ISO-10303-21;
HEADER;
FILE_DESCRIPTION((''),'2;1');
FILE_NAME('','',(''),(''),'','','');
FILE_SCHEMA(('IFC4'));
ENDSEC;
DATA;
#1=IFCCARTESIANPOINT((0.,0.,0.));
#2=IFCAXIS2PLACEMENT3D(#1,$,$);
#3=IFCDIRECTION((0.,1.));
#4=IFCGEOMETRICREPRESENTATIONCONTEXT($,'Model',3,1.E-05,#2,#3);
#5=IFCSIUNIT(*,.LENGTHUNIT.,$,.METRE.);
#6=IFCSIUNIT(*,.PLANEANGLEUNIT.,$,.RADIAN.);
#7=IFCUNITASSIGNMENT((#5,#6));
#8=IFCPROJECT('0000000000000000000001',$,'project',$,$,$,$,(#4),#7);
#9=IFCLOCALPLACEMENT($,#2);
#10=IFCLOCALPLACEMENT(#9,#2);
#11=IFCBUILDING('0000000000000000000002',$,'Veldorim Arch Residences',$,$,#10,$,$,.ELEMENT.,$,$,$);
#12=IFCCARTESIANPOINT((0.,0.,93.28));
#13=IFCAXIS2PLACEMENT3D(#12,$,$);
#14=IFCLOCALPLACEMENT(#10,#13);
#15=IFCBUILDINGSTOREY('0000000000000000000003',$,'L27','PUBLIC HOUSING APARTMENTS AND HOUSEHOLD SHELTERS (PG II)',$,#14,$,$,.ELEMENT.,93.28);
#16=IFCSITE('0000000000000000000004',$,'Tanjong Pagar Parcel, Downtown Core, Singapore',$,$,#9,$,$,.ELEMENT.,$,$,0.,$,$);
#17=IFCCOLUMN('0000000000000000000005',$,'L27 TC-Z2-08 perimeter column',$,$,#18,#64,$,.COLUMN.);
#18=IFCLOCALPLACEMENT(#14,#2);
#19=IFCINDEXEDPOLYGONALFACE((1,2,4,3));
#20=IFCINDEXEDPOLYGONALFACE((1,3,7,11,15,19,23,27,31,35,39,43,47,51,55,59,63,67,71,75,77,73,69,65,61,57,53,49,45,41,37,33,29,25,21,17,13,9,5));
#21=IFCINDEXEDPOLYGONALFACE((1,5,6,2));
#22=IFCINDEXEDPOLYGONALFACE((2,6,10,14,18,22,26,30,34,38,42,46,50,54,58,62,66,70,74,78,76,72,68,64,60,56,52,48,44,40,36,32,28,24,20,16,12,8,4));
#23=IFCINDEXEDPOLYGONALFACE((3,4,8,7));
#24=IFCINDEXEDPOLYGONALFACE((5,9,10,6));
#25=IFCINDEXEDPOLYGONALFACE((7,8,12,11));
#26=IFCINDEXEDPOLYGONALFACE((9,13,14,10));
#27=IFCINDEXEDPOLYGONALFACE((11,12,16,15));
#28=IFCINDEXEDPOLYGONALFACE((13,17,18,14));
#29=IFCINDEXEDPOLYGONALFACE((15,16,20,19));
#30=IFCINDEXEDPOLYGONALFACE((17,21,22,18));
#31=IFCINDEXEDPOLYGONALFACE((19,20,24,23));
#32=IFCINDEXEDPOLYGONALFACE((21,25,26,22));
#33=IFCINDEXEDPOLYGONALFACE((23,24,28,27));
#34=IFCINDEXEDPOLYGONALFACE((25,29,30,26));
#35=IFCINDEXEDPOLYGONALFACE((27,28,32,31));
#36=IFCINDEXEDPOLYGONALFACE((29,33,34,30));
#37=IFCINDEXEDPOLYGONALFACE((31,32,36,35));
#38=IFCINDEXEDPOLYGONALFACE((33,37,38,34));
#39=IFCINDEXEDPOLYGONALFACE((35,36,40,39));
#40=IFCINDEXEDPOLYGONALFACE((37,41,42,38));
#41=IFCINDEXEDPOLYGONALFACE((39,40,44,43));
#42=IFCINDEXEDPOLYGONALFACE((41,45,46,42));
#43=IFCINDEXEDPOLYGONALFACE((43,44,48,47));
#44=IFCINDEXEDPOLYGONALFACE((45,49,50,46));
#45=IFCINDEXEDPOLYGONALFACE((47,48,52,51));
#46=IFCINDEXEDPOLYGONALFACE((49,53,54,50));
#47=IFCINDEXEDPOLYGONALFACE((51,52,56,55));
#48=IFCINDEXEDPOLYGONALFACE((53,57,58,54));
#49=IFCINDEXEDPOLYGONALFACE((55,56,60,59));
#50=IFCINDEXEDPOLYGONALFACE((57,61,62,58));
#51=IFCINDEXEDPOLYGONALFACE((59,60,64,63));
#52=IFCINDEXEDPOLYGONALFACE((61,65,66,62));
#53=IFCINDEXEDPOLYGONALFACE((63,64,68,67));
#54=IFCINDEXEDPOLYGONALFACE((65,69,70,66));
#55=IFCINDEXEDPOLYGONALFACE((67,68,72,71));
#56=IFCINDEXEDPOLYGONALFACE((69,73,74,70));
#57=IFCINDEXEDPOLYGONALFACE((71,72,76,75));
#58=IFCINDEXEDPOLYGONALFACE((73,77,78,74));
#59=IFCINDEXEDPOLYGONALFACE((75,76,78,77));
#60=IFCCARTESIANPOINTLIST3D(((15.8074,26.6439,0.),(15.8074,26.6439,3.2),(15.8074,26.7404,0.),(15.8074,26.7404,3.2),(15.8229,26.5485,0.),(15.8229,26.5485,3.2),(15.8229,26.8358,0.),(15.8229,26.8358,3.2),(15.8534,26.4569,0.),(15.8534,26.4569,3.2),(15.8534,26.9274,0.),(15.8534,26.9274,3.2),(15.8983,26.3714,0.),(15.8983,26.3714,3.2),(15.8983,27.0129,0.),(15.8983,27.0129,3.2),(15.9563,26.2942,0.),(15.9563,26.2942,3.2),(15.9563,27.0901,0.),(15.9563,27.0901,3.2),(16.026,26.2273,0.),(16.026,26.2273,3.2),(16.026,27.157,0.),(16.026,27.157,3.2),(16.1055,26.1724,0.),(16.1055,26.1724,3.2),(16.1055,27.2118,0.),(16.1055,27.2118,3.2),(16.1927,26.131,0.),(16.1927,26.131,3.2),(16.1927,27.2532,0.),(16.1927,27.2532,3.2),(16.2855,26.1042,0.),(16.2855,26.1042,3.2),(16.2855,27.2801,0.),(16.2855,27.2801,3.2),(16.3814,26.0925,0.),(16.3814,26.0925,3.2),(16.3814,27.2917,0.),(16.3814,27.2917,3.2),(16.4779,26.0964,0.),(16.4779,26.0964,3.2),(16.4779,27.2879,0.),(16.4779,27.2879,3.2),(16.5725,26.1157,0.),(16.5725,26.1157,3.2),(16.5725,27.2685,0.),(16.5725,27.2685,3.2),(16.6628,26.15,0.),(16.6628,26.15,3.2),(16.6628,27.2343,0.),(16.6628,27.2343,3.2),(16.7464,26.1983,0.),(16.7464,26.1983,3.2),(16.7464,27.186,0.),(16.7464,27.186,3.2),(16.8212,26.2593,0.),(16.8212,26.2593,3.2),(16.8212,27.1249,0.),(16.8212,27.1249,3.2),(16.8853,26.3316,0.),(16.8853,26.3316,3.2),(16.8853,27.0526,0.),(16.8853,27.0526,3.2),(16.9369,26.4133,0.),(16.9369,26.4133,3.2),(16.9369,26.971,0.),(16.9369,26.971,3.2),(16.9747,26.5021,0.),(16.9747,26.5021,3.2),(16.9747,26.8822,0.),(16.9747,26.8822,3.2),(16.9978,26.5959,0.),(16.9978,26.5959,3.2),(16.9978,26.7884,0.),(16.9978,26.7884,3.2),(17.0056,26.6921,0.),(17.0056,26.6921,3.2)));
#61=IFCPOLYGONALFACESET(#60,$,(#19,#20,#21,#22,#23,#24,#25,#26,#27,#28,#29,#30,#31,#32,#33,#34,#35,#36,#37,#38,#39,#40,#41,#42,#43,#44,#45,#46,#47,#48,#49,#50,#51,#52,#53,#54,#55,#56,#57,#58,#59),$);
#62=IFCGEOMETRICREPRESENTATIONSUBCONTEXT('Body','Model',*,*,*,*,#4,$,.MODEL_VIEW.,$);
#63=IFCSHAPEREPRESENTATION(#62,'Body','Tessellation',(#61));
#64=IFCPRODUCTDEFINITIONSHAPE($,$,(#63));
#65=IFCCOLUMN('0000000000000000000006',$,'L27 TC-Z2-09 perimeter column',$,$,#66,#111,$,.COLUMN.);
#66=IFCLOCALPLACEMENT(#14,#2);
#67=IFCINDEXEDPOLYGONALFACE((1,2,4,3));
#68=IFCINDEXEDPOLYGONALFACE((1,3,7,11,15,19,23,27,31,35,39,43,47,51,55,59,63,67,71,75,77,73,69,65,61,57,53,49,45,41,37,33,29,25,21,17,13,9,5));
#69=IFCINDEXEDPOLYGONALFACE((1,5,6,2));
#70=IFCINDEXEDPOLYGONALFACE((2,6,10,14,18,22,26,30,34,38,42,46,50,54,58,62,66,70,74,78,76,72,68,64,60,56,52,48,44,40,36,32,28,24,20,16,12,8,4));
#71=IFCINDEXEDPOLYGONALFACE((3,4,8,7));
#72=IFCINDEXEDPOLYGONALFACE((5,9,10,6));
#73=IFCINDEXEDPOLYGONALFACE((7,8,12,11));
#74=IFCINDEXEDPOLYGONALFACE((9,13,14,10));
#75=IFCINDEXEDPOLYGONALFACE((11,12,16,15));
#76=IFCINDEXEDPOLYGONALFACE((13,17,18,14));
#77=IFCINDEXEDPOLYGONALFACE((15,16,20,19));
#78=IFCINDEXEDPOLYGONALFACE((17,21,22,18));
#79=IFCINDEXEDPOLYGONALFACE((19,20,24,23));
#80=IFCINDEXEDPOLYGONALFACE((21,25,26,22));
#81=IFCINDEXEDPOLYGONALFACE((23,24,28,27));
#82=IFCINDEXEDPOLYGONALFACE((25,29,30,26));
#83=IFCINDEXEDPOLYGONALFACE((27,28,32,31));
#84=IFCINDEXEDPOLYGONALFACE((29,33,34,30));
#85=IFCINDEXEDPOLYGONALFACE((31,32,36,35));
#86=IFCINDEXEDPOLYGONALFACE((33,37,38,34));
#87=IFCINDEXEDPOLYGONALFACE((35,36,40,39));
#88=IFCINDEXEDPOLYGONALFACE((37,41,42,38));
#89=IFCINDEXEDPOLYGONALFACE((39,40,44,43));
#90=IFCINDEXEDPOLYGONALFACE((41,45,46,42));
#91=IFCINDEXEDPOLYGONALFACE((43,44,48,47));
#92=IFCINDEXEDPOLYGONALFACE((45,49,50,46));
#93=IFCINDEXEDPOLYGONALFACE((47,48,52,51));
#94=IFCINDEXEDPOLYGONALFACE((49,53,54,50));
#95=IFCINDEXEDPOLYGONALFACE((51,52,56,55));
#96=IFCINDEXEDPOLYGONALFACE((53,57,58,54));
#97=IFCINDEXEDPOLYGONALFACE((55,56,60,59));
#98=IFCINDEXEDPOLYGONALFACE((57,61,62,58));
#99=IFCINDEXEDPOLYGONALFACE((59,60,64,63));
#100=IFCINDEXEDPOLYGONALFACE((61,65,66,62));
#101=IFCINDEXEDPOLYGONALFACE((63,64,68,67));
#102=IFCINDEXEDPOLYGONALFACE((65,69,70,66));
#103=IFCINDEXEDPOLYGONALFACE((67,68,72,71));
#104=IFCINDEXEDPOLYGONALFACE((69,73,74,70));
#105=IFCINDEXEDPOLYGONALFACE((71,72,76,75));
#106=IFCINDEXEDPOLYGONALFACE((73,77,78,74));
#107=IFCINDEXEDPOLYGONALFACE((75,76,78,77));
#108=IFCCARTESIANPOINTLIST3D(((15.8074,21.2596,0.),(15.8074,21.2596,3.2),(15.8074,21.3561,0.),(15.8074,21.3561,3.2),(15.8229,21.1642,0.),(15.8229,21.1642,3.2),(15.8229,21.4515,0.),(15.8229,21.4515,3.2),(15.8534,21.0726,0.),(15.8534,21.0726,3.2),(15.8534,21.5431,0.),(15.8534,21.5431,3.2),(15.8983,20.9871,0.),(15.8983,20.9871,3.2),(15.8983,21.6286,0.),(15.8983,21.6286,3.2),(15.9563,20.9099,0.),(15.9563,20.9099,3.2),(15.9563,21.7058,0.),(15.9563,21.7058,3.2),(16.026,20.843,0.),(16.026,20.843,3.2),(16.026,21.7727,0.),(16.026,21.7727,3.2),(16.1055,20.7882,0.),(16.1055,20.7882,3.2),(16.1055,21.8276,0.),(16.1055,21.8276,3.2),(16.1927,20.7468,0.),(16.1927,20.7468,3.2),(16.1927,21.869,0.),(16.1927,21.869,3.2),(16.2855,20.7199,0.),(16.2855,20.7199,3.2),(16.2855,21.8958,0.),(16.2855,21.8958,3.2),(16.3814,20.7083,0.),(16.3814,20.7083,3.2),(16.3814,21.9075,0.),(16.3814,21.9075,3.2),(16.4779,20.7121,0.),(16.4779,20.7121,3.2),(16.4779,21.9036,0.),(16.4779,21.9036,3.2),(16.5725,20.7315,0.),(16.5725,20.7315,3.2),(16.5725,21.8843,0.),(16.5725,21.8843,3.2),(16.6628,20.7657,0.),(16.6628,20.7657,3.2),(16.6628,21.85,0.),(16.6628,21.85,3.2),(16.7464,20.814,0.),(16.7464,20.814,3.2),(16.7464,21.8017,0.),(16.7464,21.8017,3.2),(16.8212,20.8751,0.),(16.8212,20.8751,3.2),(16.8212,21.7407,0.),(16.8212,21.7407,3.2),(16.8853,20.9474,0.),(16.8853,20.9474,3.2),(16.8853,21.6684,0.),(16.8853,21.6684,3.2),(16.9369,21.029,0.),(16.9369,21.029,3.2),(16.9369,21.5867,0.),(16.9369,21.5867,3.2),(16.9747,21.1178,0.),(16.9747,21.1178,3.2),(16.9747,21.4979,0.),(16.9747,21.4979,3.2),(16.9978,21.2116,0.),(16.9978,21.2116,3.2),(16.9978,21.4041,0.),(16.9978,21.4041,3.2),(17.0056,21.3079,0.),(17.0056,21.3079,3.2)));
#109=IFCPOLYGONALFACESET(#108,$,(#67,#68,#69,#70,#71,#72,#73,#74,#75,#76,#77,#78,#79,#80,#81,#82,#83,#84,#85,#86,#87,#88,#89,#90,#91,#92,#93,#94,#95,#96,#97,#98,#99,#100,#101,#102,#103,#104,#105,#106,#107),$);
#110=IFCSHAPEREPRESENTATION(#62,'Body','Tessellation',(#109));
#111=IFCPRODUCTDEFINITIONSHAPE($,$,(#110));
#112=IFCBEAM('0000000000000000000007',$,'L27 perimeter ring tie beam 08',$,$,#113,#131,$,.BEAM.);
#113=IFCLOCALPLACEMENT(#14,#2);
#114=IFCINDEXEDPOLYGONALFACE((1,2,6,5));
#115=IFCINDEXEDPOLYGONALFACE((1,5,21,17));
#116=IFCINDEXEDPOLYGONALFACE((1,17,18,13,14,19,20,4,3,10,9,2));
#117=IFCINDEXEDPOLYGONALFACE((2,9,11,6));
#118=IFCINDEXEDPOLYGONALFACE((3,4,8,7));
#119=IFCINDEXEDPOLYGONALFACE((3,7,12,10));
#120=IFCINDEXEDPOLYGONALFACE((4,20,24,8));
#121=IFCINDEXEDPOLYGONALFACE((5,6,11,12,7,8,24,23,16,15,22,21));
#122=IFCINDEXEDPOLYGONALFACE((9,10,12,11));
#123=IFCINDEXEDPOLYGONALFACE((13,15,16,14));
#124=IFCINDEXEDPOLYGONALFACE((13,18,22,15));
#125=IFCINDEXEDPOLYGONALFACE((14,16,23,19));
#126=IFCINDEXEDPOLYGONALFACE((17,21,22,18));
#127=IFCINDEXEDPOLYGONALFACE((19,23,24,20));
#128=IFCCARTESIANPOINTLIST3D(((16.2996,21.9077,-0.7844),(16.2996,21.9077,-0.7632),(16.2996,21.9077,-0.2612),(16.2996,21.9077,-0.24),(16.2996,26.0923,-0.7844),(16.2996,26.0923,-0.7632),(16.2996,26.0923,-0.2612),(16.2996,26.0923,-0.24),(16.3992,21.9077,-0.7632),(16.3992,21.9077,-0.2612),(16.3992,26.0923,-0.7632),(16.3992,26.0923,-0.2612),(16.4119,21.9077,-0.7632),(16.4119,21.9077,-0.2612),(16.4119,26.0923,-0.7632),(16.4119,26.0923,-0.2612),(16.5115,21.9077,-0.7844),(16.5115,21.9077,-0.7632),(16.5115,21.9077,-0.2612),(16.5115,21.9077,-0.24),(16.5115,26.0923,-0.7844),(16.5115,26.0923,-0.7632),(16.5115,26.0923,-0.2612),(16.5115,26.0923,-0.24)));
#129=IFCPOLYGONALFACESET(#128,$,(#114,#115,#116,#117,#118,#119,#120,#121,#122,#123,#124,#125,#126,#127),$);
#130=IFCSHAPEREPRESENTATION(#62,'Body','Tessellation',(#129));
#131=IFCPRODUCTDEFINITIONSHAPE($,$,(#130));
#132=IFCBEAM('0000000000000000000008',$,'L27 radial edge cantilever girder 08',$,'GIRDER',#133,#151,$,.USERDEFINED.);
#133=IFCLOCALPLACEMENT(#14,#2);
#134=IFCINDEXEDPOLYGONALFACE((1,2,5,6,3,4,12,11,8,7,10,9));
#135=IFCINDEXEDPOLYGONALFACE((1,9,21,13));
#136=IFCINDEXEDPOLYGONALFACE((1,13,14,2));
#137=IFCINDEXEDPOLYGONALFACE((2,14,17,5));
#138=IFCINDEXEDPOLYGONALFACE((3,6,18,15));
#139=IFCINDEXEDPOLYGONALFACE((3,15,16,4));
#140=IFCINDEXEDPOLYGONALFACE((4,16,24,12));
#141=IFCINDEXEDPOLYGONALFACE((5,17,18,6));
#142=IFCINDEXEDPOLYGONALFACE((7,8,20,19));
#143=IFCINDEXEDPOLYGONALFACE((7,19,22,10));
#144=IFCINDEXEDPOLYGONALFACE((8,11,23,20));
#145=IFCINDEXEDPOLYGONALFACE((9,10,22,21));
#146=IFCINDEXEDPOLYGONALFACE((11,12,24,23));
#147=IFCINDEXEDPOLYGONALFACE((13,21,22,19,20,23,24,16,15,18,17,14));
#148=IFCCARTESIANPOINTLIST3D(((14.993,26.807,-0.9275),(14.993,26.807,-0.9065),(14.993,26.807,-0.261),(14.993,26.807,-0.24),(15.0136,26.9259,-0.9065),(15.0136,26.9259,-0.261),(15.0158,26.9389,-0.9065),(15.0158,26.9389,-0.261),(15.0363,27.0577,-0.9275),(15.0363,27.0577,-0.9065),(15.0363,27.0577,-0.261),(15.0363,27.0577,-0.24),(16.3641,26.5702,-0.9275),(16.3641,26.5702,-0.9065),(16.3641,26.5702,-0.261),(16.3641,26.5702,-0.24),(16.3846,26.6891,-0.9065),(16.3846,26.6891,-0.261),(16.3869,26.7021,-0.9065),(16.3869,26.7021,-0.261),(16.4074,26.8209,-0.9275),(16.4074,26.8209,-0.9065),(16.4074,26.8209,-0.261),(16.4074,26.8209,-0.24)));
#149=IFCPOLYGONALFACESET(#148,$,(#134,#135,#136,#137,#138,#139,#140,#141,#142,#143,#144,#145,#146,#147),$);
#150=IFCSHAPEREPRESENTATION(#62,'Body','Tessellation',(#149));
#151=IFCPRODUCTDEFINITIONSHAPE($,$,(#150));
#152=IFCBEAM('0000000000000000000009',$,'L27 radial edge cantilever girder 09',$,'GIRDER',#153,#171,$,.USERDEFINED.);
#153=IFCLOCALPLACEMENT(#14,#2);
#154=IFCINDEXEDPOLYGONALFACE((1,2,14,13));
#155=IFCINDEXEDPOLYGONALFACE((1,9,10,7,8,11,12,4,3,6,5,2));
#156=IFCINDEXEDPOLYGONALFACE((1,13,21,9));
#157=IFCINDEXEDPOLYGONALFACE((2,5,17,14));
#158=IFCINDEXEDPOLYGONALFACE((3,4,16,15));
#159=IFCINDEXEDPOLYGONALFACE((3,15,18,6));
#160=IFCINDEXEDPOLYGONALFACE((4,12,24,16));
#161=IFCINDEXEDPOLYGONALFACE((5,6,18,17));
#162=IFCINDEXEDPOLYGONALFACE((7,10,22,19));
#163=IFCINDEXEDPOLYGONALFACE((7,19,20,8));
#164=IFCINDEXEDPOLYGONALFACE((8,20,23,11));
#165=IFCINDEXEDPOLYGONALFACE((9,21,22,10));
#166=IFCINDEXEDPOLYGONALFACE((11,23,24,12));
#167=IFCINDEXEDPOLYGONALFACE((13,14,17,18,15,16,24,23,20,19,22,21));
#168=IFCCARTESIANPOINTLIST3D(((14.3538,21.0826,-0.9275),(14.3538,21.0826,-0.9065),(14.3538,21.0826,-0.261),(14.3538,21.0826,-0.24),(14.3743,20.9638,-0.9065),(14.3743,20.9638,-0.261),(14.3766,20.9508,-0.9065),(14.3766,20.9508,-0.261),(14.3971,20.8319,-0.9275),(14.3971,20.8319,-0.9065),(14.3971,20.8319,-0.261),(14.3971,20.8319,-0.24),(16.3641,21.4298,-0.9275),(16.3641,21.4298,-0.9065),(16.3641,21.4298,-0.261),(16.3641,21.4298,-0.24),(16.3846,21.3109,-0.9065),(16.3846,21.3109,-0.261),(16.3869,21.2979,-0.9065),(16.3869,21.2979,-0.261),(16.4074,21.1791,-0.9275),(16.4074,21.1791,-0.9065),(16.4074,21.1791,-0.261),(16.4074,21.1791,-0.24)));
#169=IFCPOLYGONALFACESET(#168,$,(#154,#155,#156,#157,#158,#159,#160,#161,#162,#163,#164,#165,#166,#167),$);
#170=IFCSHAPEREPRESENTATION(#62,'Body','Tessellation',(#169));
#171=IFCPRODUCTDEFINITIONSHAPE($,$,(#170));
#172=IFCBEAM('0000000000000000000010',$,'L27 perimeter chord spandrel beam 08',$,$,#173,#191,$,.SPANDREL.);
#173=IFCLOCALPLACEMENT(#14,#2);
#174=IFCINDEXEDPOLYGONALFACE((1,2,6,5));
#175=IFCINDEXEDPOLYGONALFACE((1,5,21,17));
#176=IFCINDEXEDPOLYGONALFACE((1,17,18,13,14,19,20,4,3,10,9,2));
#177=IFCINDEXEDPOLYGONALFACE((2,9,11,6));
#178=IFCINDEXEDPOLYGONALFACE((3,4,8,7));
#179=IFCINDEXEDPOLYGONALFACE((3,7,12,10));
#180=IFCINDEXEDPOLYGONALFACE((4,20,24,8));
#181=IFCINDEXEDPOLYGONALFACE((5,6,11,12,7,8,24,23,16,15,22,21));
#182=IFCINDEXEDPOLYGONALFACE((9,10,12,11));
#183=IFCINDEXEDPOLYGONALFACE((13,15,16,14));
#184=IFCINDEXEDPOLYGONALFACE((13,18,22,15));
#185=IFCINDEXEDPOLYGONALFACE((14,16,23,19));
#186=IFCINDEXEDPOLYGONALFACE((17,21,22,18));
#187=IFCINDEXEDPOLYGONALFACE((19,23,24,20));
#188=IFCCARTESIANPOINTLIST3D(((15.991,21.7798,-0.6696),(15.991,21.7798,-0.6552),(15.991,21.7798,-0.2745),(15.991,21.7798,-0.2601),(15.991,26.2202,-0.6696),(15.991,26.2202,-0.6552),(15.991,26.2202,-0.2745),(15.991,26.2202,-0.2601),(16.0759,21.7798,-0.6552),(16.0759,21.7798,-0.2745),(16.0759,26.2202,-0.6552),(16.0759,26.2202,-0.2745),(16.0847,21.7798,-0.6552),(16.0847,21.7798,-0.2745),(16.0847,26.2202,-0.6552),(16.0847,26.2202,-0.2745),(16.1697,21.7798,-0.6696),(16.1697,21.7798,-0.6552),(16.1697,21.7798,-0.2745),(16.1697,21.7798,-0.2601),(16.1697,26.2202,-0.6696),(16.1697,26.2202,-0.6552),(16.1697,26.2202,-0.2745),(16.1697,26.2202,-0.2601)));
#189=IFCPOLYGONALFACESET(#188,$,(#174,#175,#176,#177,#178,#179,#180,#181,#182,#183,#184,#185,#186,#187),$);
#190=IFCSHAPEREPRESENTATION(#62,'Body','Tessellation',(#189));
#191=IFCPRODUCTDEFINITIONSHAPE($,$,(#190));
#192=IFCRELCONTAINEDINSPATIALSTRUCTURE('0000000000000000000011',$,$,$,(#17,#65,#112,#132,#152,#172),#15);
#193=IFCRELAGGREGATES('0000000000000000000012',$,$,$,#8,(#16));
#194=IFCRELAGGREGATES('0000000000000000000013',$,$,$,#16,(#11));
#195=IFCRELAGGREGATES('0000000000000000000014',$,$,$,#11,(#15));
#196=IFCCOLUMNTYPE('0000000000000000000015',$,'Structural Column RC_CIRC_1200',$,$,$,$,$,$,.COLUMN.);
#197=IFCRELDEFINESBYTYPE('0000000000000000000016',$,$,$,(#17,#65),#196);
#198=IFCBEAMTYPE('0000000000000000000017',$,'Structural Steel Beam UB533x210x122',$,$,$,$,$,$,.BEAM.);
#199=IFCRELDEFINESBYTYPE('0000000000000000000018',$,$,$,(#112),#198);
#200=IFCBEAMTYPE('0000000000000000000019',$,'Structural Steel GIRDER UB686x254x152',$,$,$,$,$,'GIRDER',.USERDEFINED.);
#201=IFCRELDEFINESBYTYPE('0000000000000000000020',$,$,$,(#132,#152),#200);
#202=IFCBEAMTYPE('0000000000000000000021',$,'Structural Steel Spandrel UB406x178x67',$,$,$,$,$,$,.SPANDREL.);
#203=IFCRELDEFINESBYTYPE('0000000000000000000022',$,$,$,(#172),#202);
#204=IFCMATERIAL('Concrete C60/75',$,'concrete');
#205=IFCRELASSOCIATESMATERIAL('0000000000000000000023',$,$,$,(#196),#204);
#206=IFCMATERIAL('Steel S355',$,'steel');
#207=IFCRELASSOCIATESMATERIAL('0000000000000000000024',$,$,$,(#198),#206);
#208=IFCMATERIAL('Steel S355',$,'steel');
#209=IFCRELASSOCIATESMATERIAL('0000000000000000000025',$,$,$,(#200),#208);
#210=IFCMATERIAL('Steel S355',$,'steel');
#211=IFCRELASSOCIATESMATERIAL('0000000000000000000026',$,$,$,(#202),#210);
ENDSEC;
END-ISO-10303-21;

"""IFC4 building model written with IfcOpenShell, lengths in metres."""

from ifc_helpers import new_model, si_unit, direction, frame, origin, origin_2d, place, context, subcontext, project, spatial, circle, i_section, extrude, material, material_profile, profile_set, type_object, element, save


model = new_model("IFC4")

# Units and contexts
model_context = context("Model", 3, precision=1e-05, world=origin(), true_north=direction((0.0, 1.0)))
body_context = subcontext(model_context, "Body", "Model", "MODEL_VIEW")
ifc_project = project(units=[si_unit("LENGTHUNIT", "METRE"), si_unit("PLANEANGLEUNIT", "RADIAN")], contexts=[model_context])

# Site, building, storey
site_placement = place(None, origin())
site = spatial("IfcSite", under=ifc_project, at=site_placement, Name="Tanjong Pagar Parcel, Downtown Core, Singapore", CompositionType="ELEMENT", RefElevation=0.0)
building_placement = place(site_placement, origin())
building = spatial("IfcBuilding", under=site, at=building_placement, Name="Veldorim Arch Residences", CompositionType="ELEMENT")
storey_placement = place(building_placement, frame((0.0, 0.0, 93.28)))
storey = spatial("IfcBuildingStorey", under=building, at=storey_placement, Name="L27", Description="PUBLIC HOUSING APARTMENTS AND HOUSEHOLD SHELTERS (PG II)", CompositionType="ELEMENT", Elevation=93.28)

# Columns
ifc_material_1 = material(Name="Concrete C60/75", Category="concrete")
ifc_material_profile_1 = material_profile(ifc_material_1, circle(Radius=0.6001, at=origin_2d()), Name="RC_CIRC_1200")
ifc_profile_set_1 = profile_set([ifc_material_profile_1], Name="Concrete C60/75")
column_type = type_object("IfcColumnType", Name="Structural Column RC_CIRC_1200", PredefinedType="COLUMN", material=ifc_profile_set_1)
for number, where, z_axis, x_axis, name in (
    (1, (16.4055, 26.6921, 0.0), (0.0, 0.0, 1.0), (1.0, 0.0, 0.0), "L27 TC-Z2-08 perimeter column"),
    (2, (16.4055, 21.3079, 0.0), (0.0, 0.0, 1.0), (1.0, 0.0, 0.0), "L27 TC-Z2-09 perimeter column"),
):
    element("IfcColumn", number, at=place(storey_placement, frame(where, z_axis=z_axis, x_axis=x_axis)), inside=storey, type_object=column_type, Name=name, PredefinedType="COLUMN", context=body_context, shape_type="SweptSolid", body=[
        extrude(circle(Radius=0.6001, at=origin_2d()), origin(), (0.0, 0.0, 1.0), 3.2),
    ])

# Beams
ifc_material_2 = material(Name="Steel S355", Category="steel")
ifc_material_profile_2 = material_profile(ifc_material_2, i_section(OverallWidth=0.2119, OverallDepth=0.5444, WebThickness=0.0127, FlangeThickness=0.0212, at=origin_2d()), Name="UB533x210x122")
ifc_profile_set_2 = profile_set([ifc_material_profile_2], Name="Steel S355")
beam_type_1 = type_object("IfcBeamType", Name="Structural Steel Beam UB533x210x122", PredefinedType="BEAM", material=ifc_profile_set_2)
beam_1_placement = place(storey_placement, frame((16.4055, 26.0923, -0.5122), z_axis=(0.0, -1.0, 0.0), x_axis=(1.0, 0.0, 0.0)))
element("IfcBeam", 3, at=beam_1_placement, inside=storey, type_object=beam_type_1, Name="L27 perimeter ring tie beam 08", PredefinedType="BEAM", context=body_context, shape_type="SweptSolid", body=[
    extrude(i_section(OverallWidth=0.2119, OverallDepth=0.5444, WebThickness=0.0127, FlangeThickness=0.0212, at=origin_2d()), origin(), (0.0, 0.0, 1.0), 4.1846),
])
ifc_material_3 = material(Name="Steel S355", Category="steel")
ifc_material_profile_3 = material_profile(ifc_material_3, i_section(OverallWidth=0.2544, OverallDepth=0.6875, WebThickness=0.0132, FlangeThickness=0.021, at=origin_2d()), Name="UB686x254x152")
ifc_profile_set_3 = profile_set([ifc_material_profile_3], Name="Steel S355")
beam_type_2 = type_object("IfcBeamType", Name="Structural Steel GIRDER UB686x254x152", ElementType="GIRDER", PredefinedType="USERDEFINED", material=ifc_profile_set_3)
beam_2_placement = place(storey_placement, frame((16.3857, 26.6956, -0.5837), z_axis=(-0.985409, 0.170201, 0.0), x_axis=(-0.170201, -0.985409, 0.0)))
element("IfcBeam", 4, at=beam_2_placement, inside=storey, type_object=beam_type_2, Name="L27 radial edge cantilever girder 08", ObjectType="GIRDER", PredefinedType="USERDEFINED", context=body_context, shape_type="SweptSolid", body=[
    extrude(i_section(OverallWidth=0.2544, OverallDepth=0.6875, WebThickness=0.0132, FlangeThickness=0.021, at=origin_2d()), origin(), (0.0, 0.0, 1.0), 1.3914),
])
beam_3_placement = place(storey_placement, frame((16.3857, 21.3044, -0.5837), z_axis=(-0.985413, -0.170179, 0.0), x_axis=(0.170179, -0.985413, 0.0)))
element("IfcBeam", 5, at=beam_3_placement, inside=storey, type_object=beam_type_2, Name="L27 radial edge cantilever girder 09", ObjectType="GIRDER", PredefinedType="USERDEFINED", context=body_context, shape_type="SweptSolid", body=[
    extrude(i_section(OverallWidth=0.2544, OverallDepth=0.6875, WebThickness=0.0132, FlangeThickness=0.021, at=origin_2d()), origin(), (0.0, 0.0, 1.0), 2.04),
])
ifc_material_4 = material(Name="Steel S355", Category="steel")
ifc_material_profile_4 = material_profile(ifc_material_4, i_section(OverallWidth=0.1787, OverallDepth=0.4094, WebThickness=0.0088, FlangeThickness=0.0144, at=origin_2d()), Name="UB406x178x67")
ifc_profile_set_4 = profile_set([ifc_material_profile_4], Name="Steel S355")
beam_type_3 = type_object("IfcBeamType", Name="Structural Steel Spandrel UB406x178x67", PredefinedType="SPANDREL", material=ifc_profile_set_4)
beam_4_placement = place(storey_placement, frame((16.0803, 26.2202, -0.4648), z_axis=(0.0, -1.0, 0.0), x_axis=(1.0, 0.0, 0.0)))
element("IfcBeam", 6, at=beam_4_placement, inside=storey, type_object=beam_type_3, Name="L27 perimeter chord spandrel beam 08", PredefinedType="SPANDREL", context=body_context, shape_type="SweptSolid", body=[
    extrude(i_section(OverallWidth=0.1787, OverallDepth=0.4094, WebThickness=0.0088, FlangeThickness=0.0144, at=origin_2d()), origin(), (0.0, 0.0, 1.0), 4.4404),
])

save(model, "model.ifc")
